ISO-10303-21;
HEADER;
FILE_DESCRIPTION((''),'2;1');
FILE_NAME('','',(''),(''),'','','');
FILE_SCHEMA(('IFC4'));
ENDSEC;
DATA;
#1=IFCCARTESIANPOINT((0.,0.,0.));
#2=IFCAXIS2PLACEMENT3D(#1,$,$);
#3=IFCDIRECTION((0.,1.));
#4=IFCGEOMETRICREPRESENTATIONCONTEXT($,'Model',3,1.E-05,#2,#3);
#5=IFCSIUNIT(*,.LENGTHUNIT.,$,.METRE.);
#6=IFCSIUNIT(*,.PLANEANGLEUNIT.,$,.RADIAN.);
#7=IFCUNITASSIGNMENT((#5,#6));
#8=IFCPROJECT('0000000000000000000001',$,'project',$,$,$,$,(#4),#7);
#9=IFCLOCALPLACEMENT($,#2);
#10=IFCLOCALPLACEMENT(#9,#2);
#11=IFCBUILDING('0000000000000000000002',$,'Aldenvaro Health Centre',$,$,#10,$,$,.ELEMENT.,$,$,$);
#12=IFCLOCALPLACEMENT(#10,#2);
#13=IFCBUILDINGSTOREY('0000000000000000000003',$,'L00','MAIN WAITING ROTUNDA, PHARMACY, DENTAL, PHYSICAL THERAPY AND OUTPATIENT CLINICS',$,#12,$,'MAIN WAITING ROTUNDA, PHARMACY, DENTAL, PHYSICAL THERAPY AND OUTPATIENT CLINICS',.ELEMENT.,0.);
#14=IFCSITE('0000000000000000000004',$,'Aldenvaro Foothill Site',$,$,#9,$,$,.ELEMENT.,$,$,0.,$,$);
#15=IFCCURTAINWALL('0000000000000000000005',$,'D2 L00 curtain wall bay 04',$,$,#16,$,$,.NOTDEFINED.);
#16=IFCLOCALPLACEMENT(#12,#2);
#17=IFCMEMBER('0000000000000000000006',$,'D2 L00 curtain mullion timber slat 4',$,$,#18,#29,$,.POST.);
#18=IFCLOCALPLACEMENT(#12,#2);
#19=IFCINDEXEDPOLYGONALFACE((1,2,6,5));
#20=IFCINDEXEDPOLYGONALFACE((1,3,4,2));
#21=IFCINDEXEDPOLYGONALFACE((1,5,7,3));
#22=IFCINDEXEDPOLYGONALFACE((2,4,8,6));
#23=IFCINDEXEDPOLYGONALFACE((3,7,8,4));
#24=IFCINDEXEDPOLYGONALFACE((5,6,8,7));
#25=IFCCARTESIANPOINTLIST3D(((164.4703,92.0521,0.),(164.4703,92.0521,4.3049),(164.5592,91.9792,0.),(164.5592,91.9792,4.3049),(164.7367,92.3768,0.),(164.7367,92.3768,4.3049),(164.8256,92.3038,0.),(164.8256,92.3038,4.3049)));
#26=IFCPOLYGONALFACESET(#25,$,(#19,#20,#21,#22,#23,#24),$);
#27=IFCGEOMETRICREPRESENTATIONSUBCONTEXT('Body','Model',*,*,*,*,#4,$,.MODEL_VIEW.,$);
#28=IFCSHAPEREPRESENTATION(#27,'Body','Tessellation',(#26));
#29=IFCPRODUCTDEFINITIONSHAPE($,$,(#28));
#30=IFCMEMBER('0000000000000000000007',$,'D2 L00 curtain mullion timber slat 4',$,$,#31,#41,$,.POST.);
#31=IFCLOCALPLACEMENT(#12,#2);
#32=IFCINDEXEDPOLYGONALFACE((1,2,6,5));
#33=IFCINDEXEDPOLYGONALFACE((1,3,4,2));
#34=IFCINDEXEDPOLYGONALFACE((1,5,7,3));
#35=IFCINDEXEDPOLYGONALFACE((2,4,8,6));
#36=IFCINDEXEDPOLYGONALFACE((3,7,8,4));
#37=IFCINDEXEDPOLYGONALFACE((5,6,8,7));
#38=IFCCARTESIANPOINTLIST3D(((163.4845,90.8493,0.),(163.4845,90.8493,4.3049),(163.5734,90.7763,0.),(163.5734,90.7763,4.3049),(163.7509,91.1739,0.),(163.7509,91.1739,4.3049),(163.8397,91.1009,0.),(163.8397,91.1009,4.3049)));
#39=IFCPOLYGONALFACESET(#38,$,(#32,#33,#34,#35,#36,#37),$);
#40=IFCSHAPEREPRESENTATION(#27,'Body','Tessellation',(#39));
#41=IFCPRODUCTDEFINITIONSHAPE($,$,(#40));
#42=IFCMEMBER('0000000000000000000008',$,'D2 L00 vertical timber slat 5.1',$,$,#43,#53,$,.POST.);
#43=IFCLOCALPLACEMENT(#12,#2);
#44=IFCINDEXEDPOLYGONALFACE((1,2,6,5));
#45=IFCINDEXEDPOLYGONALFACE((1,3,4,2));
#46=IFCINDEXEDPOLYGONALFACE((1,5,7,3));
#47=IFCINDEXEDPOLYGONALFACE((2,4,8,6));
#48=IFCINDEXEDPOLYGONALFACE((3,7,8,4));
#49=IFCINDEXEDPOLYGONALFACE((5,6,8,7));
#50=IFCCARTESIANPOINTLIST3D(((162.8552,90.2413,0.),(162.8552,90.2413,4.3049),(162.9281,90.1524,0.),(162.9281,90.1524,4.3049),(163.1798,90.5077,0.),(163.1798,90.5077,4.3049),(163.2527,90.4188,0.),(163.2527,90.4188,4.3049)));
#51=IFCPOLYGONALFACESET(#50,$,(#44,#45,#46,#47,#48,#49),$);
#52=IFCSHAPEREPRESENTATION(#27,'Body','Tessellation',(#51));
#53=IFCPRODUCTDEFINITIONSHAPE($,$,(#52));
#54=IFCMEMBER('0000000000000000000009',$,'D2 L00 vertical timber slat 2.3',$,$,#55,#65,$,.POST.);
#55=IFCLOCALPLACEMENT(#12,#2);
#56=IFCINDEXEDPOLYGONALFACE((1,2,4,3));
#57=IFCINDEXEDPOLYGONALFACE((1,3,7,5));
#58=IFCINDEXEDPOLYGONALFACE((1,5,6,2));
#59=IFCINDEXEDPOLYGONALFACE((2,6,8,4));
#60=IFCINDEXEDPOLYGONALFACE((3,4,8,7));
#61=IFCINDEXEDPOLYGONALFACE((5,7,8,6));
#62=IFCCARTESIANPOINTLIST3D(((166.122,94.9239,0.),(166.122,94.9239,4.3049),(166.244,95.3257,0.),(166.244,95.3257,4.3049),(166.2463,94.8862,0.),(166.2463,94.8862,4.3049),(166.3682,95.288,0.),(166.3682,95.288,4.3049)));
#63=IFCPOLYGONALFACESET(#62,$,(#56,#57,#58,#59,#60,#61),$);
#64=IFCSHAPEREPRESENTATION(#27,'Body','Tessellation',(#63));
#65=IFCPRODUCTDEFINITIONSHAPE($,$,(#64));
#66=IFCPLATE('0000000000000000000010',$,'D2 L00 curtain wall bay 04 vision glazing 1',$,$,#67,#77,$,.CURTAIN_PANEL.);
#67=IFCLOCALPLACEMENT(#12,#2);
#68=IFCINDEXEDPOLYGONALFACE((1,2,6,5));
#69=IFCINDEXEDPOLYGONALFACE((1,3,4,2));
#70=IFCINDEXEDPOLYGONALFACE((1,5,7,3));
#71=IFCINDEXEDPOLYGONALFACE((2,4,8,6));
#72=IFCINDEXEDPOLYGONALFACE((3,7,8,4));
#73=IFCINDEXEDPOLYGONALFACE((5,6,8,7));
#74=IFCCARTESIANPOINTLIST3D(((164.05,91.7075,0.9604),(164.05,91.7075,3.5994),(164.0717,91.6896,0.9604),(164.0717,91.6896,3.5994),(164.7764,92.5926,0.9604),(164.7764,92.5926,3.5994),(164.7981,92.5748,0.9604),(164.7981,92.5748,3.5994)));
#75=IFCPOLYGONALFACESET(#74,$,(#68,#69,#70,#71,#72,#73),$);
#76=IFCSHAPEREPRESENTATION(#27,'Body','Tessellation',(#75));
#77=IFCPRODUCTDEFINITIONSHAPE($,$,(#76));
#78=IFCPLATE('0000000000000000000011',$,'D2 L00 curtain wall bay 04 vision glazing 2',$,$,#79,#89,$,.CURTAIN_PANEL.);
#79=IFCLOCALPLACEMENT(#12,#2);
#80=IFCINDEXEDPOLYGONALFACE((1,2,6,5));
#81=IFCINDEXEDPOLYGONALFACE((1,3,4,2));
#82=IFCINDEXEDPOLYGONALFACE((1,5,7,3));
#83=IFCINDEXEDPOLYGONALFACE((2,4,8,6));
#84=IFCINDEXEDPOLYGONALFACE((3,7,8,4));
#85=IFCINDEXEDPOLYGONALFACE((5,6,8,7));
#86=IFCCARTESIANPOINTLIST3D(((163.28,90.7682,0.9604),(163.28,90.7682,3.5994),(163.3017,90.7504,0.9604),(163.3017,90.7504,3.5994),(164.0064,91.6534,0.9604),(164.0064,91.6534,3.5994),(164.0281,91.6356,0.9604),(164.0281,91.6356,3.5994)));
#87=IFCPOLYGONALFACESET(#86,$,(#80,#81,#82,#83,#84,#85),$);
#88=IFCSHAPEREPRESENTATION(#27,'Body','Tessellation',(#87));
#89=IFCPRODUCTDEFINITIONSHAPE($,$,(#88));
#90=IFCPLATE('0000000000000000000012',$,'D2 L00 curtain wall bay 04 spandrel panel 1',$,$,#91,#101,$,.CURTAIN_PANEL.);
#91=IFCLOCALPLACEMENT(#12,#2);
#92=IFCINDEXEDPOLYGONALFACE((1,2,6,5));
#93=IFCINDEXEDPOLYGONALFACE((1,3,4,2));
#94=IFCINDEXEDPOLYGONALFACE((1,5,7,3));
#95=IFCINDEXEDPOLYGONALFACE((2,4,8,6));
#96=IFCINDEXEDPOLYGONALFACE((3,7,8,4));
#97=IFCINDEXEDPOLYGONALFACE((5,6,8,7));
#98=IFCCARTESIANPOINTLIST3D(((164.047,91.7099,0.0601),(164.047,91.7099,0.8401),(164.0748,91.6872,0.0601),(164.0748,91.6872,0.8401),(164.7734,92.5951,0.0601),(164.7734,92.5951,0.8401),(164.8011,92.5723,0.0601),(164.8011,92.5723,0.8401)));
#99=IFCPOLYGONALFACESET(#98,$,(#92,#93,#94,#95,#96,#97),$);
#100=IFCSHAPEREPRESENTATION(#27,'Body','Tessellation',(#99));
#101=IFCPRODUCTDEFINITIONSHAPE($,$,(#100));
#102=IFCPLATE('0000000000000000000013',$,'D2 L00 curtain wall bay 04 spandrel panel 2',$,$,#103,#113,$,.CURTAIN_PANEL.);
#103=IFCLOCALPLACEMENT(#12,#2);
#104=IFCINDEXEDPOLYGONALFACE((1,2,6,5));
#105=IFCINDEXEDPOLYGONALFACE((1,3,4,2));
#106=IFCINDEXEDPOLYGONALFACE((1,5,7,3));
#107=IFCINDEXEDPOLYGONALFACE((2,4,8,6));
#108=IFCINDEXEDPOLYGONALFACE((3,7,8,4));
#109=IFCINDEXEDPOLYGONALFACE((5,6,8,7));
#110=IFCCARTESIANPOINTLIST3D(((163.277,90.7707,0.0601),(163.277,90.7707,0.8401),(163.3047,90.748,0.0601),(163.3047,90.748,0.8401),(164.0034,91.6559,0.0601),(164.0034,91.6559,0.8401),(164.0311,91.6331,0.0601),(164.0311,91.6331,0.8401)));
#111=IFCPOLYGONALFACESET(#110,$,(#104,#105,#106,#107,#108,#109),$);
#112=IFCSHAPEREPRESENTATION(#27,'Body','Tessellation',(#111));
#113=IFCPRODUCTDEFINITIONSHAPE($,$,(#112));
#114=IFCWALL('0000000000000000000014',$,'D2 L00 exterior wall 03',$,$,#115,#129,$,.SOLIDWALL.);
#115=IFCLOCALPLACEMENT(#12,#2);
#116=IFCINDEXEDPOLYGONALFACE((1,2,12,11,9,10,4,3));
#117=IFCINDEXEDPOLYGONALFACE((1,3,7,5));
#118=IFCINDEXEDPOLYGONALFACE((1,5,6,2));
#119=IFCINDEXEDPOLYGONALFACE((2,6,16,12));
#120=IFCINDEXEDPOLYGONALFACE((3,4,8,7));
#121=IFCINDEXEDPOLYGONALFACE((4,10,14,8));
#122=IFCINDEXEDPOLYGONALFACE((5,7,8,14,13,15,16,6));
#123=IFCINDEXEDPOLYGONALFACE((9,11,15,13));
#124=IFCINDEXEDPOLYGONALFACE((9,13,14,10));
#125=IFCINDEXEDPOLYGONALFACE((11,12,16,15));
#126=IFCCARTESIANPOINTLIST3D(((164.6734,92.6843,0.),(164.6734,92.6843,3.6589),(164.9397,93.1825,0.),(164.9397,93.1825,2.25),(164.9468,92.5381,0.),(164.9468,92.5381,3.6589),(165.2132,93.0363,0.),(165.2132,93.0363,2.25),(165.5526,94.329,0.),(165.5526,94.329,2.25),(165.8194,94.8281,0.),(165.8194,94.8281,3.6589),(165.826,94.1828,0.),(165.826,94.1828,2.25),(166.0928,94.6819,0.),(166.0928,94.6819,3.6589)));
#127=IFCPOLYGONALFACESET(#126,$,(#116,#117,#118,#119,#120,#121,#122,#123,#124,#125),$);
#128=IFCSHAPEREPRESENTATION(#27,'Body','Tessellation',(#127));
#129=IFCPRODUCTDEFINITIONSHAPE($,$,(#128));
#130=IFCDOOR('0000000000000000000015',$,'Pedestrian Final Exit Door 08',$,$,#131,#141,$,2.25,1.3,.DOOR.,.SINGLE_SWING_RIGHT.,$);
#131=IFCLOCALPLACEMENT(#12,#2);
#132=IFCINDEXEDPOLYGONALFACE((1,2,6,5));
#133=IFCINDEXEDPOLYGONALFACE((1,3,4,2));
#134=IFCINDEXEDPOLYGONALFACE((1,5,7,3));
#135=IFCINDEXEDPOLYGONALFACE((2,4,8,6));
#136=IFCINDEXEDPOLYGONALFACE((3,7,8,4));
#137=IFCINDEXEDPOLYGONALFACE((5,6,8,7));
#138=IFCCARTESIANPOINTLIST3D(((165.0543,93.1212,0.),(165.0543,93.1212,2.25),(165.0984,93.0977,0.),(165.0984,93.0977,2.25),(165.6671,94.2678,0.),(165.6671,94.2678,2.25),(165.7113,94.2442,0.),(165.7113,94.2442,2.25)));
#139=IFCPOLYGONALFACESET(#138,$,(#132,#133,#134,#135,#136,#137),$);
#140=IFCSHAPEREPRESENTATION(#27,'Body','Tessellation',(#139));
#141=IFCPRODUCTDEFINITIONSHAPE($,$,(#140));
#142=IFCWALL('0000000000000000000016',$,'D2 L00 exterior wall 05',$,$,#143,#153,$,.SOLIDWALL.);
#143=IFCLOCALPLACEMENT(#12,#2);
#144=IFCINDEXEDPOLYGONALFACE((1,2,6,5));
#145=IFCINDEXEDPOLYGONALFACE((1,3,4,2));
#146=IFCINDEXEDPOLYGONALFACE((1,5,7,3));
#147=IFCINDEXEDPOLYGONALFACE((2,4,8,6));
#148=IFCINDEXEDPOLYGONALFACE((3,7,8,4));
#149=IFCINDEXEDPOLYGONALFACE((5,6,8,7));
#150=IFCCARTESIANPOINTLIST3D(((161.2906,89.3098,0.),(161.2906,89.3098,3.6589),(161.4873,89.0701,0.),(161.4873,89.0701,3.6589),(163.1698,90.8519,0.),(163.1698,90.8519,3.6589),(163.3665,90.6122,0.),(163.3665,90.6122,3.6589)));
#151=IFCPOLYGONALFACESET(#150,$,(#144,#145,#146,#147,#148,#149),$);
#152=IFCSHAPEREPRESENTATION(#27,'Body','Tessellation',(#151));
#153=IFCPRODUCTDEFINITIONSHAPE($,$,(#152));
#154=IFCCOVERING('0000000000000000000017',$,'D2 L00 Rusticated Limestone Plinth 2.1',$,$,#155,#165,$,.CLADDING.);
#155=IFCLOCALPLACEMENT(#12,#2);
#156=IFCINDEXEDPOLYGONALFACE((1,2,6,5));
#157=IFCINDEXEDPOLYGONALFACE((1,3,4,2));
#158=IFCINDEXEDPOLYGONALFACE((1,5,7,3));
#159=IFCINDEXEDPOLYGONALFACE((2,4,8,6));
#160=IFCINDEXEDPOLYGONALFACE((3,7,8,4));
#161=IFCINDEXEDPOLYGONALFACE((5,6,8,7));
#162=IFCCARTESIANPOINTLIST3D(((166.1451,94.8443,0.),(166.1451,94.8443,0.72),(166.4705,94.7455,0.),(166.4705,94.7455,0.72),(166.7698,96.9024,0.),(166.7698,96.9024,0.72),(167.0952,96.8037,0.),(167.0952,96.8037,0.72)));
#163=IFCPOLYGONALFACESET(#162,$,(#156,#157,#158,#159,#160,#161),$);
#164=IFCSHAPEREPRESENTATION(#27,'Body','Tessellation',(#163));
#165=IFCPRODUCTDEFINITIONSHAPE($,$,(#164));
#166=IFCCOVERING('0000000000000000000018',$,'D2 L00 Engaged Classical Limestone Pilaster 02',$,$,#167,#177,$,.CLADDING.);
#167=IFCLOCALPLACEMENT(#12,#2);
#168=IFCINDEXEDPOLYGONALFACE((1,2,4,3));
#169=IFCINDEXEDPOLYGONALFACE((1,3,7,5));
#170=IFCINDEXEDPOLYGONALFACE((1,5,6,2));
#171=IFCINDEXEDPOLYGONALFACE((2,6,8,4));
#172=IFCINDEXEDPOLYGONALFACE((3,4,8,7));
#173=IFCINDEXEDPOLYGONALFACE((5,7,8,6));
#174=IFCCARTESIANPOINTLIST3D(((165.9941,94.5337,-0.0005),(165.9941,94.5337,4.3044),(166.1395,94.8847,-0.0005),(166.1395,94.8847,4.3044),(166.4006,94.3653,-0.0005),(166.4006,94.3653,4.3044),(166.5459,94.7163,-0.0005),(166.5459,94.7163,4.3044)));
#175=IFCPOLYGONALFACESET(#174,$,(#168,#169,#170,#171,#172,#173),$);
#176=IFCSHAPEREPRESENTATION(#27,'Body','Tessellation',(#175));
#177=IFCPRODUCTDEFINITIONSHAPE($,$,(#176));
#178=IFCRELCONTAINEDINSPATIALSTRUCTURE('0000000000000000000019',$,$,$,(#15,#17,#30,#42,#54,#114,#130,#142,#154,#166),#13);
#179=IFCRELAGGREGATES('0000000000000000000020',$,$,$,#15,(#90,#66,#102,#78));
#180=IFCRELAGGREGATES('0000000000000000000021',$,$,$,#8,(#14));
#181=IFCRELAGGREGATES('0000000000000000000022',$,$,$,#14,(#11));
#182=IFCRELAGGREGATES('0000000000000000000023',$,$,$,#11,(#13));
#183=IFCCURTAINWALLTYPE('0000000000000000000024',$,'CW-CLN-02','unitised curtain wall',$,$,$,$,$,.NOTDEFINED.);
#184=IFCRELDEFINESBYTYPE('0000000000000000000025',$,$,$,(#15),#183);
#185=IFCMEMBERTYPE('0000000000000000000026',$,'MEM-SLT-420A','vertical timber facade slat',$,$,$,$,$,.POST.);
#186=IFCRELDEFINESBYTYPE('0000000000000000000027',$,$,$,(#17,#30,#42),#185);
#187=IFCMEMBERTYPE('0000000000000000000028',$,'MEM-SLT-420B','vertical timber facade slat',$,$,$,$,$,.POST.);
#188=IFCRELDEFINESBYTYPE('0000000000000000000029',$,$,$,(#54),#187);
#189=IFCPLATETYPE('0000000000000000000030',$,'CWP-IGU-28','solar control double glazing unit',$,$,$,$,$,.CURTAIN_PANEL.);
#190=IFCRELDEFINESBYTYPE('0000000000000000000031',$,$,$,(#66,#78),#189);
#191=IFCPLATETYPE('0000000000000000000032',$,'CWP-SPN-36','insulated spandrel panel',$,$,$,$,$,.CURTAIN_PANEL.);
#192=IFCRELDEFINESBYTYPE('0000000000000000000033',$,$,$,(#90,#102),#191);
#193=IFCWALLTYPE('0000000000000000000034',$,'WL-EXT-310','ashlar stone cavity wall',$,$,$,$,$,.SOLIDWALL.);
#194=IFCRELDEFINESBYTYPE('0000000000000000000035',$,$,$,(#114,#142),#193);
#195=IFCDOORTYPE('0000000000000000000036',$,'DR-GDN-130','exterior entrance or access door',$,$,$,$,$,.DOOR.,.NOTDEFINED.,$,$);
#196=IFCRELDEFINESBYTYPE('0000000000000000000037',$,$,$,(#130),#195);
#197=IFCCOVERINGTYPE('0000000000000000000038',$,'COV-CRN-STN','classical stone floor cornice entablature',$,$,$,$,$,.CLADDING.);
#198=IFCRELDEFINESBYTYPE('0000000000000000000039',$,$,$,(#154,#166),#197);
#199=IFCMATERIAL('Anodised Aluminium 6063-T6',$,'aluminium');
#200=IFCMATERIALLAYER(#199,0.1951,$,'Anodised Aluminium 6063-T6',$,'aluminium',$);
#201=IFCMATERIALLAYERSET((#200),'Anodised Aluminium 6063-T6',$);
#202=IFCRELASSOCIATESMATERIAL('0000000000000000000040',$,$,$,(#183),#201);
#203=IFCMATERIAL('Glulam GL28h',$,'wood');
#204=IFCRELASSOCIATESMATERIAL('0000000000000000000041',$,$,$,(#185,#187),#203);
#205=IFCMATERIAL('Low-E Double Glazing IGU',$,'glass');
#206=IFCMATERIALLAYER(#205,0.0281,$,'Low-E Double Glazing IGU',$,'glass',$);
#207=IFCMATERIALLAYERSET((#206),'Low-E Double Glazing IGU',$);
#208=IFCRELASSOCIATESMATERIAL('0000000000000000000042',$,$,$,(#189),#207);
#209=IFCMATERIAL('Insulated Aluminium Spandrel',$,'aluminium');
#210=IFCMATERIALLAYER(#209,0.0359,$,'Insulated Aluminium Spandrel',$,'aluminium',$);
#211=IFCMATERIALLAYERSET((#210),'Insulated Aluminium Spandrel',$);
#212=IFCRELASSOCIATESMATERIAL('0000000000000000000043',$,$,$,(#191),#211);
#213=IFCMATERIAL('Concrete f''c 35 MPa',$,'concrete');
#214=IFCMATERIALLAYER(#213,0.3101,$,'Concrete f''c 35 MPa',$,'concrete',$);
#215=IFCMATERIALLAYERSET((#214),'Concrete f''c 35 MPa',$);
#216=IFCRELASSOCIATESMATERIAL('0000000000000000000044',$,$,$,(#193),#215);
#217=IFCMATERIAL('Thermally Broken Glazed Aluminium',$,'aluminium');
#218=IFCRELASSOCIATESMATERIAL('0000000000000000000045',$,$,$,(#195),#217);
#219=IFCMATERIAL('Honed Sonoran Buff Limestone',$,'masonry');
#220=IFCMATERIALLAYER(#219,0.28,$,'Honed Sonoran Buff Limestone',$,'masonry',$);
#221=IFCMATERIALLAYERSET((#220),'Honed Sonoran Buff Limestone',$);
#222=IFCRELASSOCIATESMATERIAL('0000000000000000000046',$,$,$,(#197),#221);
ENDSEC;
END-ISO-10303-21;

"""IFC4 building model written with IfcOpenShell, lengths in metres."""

from ifc_helpers import new_model, si_unit, direction, frame, frame_2d, origin, origin_2d, place, context, subcontext, project, spatial, rectangle, extrude, material, layer, layer_set, material_profile, profile_set, type_object, element, fill, aggregate, save


model = new_model("IFC4")

# Units and contexts
model_context = context("Model", 3, precision=1e-05, world=origin(), true_north=direction((0.0, 1.0)))
body_context = subcontext(model_context, "Body", "Model", "MODEL_VIEW")
ifc_project = project(units=[si_unit("LENGTHUNIT", "METRE"), si_unit("PLANEANGLEUNIT", "RADIAN")], contexts=[model_context])

# Site, building, storey
site_placement = place(None, origin())
site = spatial("IfcSite", under=ifc_project, at=site_placement, Name="Aldenvaro Foothill Site", CompositionType="ELEMENT", RefElevation=0.0)
building_placement = place(site_placement, origin())
building = spatial("IfcBuilding", under=site, at=building_placement, Name="Aldenvaro Health Centre", CompositionType="ELEMENT")
storey_placement = place(building_placement, origin())
storey = spatial("IfcBuildingStorey", under=building, at=storey_placement, Name="L00", Description="MAIN WAITING ROTUNDA, PHARMACY, DENTAL, PHYSICAL THERAPY AND OUTPATIENT CLINICS", LongName="MAIN WAITING ROTUNDA, PHARMACY, DENTAL, PHYSICAL THERAPY AND OUTPATIENT CLINICS", CompositionType="ELEMENT", Elevation=0.0)

# Shared definitions
ifc_material_1 = material(Name="Glulam GL28h", Category="wood")

# Curtain wall
ifc_material_2 = material(Name="Anodised Aluminium 6063-T6", Category="aluminium")
ifc_layer_1 = layer(ifc_material_2, 0.1951, Name="Anodised Aluminium 6063-T6", Category="aluminium")
ifc_layer_set_1 = layer_set([ifc_layer_1], Name="Anodised Aluminium 6063-T6")
curtain_wall_type = type_object("IfcCurtainWallType", Name="CW-CLN-02", Description="unitised curtain wall", PredefinedType="NOTDEFINED", material=ifc_layer_set_1)
curtain_wall_placement = place(storey_placement, origin())
curtain_wall = element("IfcCurtainWall", 1, at=curtain_wall_placement, inside=storey, type_object=curtain_wall_type, Name="D2 L00 curtain wall bay 04", PredefinedType="NOTDEFINED")

# Members
ifc_material_profile_1 = material_profile(ifc_material_1, rectangle(XDim=0.115, YDim=0.4199, at=origin_2d()), Name="GL 115x420", Category="wood")
ifc_profile_set_1 = profile_set([ifc_material_profile_1], Name="Glulam GL28h")
member_type_1 = type_object("IfcMemberType", Name="MEM-SLT-420A", Description="vertical timber facade slat", PredefinedType="POST", material=ifc_profile_set_1)
for number, where, z_axis, x_axis, name in (
    (2, (164.6479, 92.178, 0.0), (0.0, 0.0, 1.0), (0.773022, -0.63438, 0.0), "D2 L00 curtain mullion timber slat 4"),
    (3, (163.6621, 90.9751, 0.0), (0.0, 0.0, 1.0), (0.773022, -0.63438, 0.0), "D2 L00 curtain mullion timber slat 4"),
    (4, (163.054, 90.3301, 0.0), (0.0, 0.0, 1.0), (0.63438, -0.773022, 0.0), "D2 L00 vertical timber slat 5.1"),
):
    element("IfcMember", number, at=place(storey_placement, frame(where, z_axis=z_axis, x_axis=x_axis)), inside=storey, type_object=member_type_1, Name=name, PredefinedType="POST", context=body_context, shape_type="SweptSolid", body=[
        extrude(rectangle(XDim=0.115, YDim=0.4199, at=origin_2d()), origin(), (0.0, 0.0, 1.0), 4.3049),
    ])
ifc_material_profile_2 = material_profile(ifc_material_1, rectangle(XDim=0.1299, YDim=0.4199, at=origin_2d()), Name="GL 130x420", Category="wood")
ifc_profile_set_2 = profile_set([ifc_material_profile_2], Name="Glulam GL28h")
member_type_2 = type_object("IfcMemberType", Name="MEM-SLT-420B", Description="vertical timber facade slat", PredefinedType="POST", material=ifc_profile_set_2)
member_1_placement = place(storey_placement, frame((166.2451, 95.106, 0.0), z_axis=(0.0, 0.0, 1.0), x_axis=(0.956893, -0.290441, 0.0)))
element("IfcMember", 5, at=member_1_placement, inside=storey, type_object=member_type_2, Name="D2 L00 vertical timber slat 2.3", PredefinedType="POST", context=body_context, shape_type="SweptSolid", body=[
    extrude(rectangle(XDim=0.1299, YDim=0.4199, at=origin_2d()), origin(), (0.0, 0.0, 1.0), 4.3049),
])

# Plates
ifc_material_3 = material(Name="Low-E Double Glazing IGU", Category="glass")
ifc_layer_2 = layer(ifc_material_3, 0.0281, Name="Low-E Double Glazing IGU", Category="glass")
ifc_layer_set_2 = layer_set([ifc_layer_2], Name="Low-E Double Glazing IGU")
plate_type_1 = type_object("IfcPlateType", Name="CWP-IGU-28", Description="solar control double glazing unit", PredefinedType="CURTAIN_PANEL", material=ifc_layer_set_2)
plate_1_placement = place(storey_placement, frame((164.4241, 92.1411, 0.9604), z_axis=(0.0, 0.0, 1.0), x_axis=(-0.63438, -0.773022, 0.0)))
plate_1 = element("IfcPlate", 6, at=plate_1_placement, type_object=plate_type_1, Name="D2 L00 curtain wall bay 04 vision glazing 1", PredefinedType="CURTAIN_PANEL", context=body_context, shape_type="SweptSolid", body=[
    extrude(rectangle(XDim=1.145, YDim=0.0281, at=origin_2d()), origin(), (0.0, 0.0, 1.0), 2.6389),
])
plate_2_placement = place(storey_placement, frame((163.6541, 91.2019, 0.9604), z_axis=(0.0, 0.0, 1.0), x_axis=(-0.63438, -0.773022, 0.0)))
plate_2 = element("IfcPlate", 7, at=plate_2_placement, type_object=plate_type_1, Name="D2 L00 curtain wall bay 04 vision glazing 2", PredefinedType="CURTAIN_PANEL", context=body_context, shape_type="SweptSolid", body=[
    extrude(rectangle(XDim=1.145, YDim=0.0281, at=origin_2d()), origin(), (0.0, 0.0, 1.0), 2.6389),
])
ifc_material_4 = material(Name="Insulated Aluminium Spandrel", Category="aluminium")
ifc_layer_3 = layer(ifc_material_4, 0.0359, Name="Insulated Aluminium Spandrel", Category="aluminium")
ifc_layer_set_3 = layer_set([ifc_layer_3], Name="Insulated Aluminium Spandrel")
plate_type_2 = type_object("IfcPlateType", Name="CWP-SPN-36", Description="insulated spandrel panel", PredefinedType="CURTAIN_PANEL", material=ifc_layer_set_3)
plate_3_placement = place(storey_placement, frame((164.4241, 92.1411, 0.0601), z_axis=(0.0, 0.0, 1.0), x_axis=(-0.63438, -0.773022, 0.0)))
plate_3 = element("IfcPlate", 8, at=plate_3_placement, type_object=plate_type_2, Name="D2 L00 curtain wall bay 04 spandrel panel 1", PredefinedType="CURTAIN_PANEL", context=body_context, shape_type="SweptSolid", body=[
    extrude(rectangle(XDim=1.145, YDim=0.0359, at=origin_2d()), origin(), (0.0, 0.0, 1.0), 0.78),
])
plate_4_placement = place(storey_placement, frame((163.6541, 91.2019, 0.0601), z_axis=(0.0, 0.0, 1.0), x_axis=(-0.63438, -0.773022, 0.0)))
plate_4 = element("IfcPlate", 9, at=plate_4_placement, type_object=plate_type_2, Name="D2 L00 curtain wall bay 04 spandrel panel 2", PredefinedType="CURTAIN_PANEL", context=body_context, shape_type="SweptSolid", body=[
    extrude(rectangle(XDim=1.145, YDim=0.0359, at=origin_2d()), origin(), (0.0, 0.0, 1.0), 0.78),
])
aggregate(curtain_wall, [plate_3, plate_1, plate_4, plate_2])

# Wall, opening, door
ifc_material_5 = material(Name="Concrete f'c 35 MPa", Category="concrete")
ifc_layer_4 = layer(ifc_material_5, 0.3101, Name="Concrete f'c 35 MPa", Category="concrete")
ifc_layer_set_4 = layer_set([ifc_layer_4], Name="Concrete f'c 35 MPa")
wall_type = type_object("IfcWallType", Name="WL-EXT-310", Description="ashlar stone cavity wall", PredefinedType="SOLIDWALL", material=ifc_layer_set_4)
wall_1_placement = place(storey_placement, frame((165.9561, 94.7549, 0.0), z_axis=(0.0, 0.0, 1.0), x_axis=(-0.471432, -0.881902, 0.0)))
wall_1 = element("IfcWall", 10, at=wall_1_placement, inside=storey, type_object=wall_type, Name="D2 L00 exterior wall 03", PredefinedType="SOLIDWALL", context=body_context, shape_type="SweptSolid", body=[
    extrude(rectangle(XDim=2.4309, YDim=0.3101, at=frame_2d((1.2153, 0.0))), origin(), (0.0, 0.0, 1.0), 3.6589),
])
opening_placement = place(wall_1_placement, frame((0.5659, 0.0, 0.0)))
opening = element("IfcOpeningElement", 11, at=opening_placement, cuts=wall_1, PredefinedType="OPENING", context=body_context, shape_type="SweptSolid", body=[
    extrude(rectangle(XDim=1.3, YDim=2.25, at=frame_2d((0.6499, 1.125))), frame((0.0, 0.165, 0.0), z_axis=(0.0, -1.0, 0.0), x_axis=(1.0, 0.0, 0.0)), (0.0, 0.0, 1.0), 0.3301),
])
ifc_material_6 = material(Name="Thermally Broken Glazed Aluminium", Category="aluminium")
door_type = type_object("IfcDoorType", Name="DR-GDN-130", Description="exterior entrance or access door", OperationType="NOTDEFINED", PredefinedType="DOOR", material=ifc_material_6)
door_placement = place(opening_placement, origin())
door = element("IfcDoor", 12, at=door_placement, inside=storey, type_object=door_type, Name="Pedestrian Final Exit Door 08", OperationType="SINGLE_SWING_RIGHT", OverallHeight=2.25, OverallWidth=1.3, PredefinedType="DOOR", context=body_context, shape_type="SweptSolid", body=[
    extrude(rectangle(XDim=1.3, YDim=2.25, at=frame_2d((0.6499, 1.125))), frame((0.0, 0.0249, 0.0), z_axis=(0.0, -1.0, 0.0), x_axis=(1.0, 0.0, 0.0)), (0.0, 0.0, 1.0), 0.05),
])
fill(opening, door)

# Wall
wall_2_placement = place(storey_placement, frame((163.2681, 90.7319, 0.0), z_axis=(0.0, 0.0, 1.0), x_axis=(-0.773048, -0.634347, 0.0)))
element("IfcWall", 13, at=wall_2_placement, inside=storey, type_object=wall_type, Name="D2 L00 exterior wall 05", PredefinedType="SOLIDWALL", context=body_context, shape_type="SweptSolid", body=[
    extrude(rectangle(XDim=2.4309, YDim=0.3101, at=frame_2d((1.2153, 0.0))), origin(), (0.0, 0.0, 1.0), 3.6589),
])

# Coverings
ifc_material_7 = material(Name="Honed Sonoran Buff Limestone", Category="masonry")
ifc_layer_5 = layer(ifc_material_7, 0.28, Name="Honed Sonoran Buff Limestone", Category="masonry")
ifc_layer_set_5 = layer_set([ifc_layer_5], Name="Honed Sonoran Buff Limestone")
covering_type = type_object("IfcCoveringType", Name="COV-CRN-STN", Description="classical stone floor cornice entablature", PredefinedType="CLADDING", material=ifc_layer_set_5)
covering_placement = place(storey_placement, frame((166.6201, 95.824, 0.0), z_axis=(0.0, 0.0, 1.0), x_axis=(-0.290441, -0.956893, 0.0)))
element("IfcCovering", 14, at=covering_placement, inside=storey, type_object=covering_type, Name="D2 L00 Rusticated Limestone Plinth 2.1", PredefinedType="CLADDING", context=body_context, shape_type="SweptSolid", body=[
    extrude(rectangle(XDim=2.1509, YDim=0.3401, at=origin_2d()), origin(), (0.0, 0.0, 1.0), 0.72),
])
for number, where, z_axis, x_axis, name in (
    (15, (166.27, 94.625, -0.0005), (0.0, 0.0, 1.0), (0.923886, -0.382668, 0.0), "D2 L00 Engaged Classical Limestone Pilaster 02"),
):
    element("IfcCovering", number, at=place(storey_placement, frame(where, z_axis=z_axis, x_axis=x_axis)), inside=storey, type_object=covering_type, Name=name, PredefinedType="CLADDING", context=body_context, shape_type="SweptSolid", body=[
        extrude(rectangle(XDim=0.4399, YDim=0.3799, at=origin_2d()), origin(), (0.0, 0.0, 1.0), 4.3049),
    ])

save(model, "model.ifc")
